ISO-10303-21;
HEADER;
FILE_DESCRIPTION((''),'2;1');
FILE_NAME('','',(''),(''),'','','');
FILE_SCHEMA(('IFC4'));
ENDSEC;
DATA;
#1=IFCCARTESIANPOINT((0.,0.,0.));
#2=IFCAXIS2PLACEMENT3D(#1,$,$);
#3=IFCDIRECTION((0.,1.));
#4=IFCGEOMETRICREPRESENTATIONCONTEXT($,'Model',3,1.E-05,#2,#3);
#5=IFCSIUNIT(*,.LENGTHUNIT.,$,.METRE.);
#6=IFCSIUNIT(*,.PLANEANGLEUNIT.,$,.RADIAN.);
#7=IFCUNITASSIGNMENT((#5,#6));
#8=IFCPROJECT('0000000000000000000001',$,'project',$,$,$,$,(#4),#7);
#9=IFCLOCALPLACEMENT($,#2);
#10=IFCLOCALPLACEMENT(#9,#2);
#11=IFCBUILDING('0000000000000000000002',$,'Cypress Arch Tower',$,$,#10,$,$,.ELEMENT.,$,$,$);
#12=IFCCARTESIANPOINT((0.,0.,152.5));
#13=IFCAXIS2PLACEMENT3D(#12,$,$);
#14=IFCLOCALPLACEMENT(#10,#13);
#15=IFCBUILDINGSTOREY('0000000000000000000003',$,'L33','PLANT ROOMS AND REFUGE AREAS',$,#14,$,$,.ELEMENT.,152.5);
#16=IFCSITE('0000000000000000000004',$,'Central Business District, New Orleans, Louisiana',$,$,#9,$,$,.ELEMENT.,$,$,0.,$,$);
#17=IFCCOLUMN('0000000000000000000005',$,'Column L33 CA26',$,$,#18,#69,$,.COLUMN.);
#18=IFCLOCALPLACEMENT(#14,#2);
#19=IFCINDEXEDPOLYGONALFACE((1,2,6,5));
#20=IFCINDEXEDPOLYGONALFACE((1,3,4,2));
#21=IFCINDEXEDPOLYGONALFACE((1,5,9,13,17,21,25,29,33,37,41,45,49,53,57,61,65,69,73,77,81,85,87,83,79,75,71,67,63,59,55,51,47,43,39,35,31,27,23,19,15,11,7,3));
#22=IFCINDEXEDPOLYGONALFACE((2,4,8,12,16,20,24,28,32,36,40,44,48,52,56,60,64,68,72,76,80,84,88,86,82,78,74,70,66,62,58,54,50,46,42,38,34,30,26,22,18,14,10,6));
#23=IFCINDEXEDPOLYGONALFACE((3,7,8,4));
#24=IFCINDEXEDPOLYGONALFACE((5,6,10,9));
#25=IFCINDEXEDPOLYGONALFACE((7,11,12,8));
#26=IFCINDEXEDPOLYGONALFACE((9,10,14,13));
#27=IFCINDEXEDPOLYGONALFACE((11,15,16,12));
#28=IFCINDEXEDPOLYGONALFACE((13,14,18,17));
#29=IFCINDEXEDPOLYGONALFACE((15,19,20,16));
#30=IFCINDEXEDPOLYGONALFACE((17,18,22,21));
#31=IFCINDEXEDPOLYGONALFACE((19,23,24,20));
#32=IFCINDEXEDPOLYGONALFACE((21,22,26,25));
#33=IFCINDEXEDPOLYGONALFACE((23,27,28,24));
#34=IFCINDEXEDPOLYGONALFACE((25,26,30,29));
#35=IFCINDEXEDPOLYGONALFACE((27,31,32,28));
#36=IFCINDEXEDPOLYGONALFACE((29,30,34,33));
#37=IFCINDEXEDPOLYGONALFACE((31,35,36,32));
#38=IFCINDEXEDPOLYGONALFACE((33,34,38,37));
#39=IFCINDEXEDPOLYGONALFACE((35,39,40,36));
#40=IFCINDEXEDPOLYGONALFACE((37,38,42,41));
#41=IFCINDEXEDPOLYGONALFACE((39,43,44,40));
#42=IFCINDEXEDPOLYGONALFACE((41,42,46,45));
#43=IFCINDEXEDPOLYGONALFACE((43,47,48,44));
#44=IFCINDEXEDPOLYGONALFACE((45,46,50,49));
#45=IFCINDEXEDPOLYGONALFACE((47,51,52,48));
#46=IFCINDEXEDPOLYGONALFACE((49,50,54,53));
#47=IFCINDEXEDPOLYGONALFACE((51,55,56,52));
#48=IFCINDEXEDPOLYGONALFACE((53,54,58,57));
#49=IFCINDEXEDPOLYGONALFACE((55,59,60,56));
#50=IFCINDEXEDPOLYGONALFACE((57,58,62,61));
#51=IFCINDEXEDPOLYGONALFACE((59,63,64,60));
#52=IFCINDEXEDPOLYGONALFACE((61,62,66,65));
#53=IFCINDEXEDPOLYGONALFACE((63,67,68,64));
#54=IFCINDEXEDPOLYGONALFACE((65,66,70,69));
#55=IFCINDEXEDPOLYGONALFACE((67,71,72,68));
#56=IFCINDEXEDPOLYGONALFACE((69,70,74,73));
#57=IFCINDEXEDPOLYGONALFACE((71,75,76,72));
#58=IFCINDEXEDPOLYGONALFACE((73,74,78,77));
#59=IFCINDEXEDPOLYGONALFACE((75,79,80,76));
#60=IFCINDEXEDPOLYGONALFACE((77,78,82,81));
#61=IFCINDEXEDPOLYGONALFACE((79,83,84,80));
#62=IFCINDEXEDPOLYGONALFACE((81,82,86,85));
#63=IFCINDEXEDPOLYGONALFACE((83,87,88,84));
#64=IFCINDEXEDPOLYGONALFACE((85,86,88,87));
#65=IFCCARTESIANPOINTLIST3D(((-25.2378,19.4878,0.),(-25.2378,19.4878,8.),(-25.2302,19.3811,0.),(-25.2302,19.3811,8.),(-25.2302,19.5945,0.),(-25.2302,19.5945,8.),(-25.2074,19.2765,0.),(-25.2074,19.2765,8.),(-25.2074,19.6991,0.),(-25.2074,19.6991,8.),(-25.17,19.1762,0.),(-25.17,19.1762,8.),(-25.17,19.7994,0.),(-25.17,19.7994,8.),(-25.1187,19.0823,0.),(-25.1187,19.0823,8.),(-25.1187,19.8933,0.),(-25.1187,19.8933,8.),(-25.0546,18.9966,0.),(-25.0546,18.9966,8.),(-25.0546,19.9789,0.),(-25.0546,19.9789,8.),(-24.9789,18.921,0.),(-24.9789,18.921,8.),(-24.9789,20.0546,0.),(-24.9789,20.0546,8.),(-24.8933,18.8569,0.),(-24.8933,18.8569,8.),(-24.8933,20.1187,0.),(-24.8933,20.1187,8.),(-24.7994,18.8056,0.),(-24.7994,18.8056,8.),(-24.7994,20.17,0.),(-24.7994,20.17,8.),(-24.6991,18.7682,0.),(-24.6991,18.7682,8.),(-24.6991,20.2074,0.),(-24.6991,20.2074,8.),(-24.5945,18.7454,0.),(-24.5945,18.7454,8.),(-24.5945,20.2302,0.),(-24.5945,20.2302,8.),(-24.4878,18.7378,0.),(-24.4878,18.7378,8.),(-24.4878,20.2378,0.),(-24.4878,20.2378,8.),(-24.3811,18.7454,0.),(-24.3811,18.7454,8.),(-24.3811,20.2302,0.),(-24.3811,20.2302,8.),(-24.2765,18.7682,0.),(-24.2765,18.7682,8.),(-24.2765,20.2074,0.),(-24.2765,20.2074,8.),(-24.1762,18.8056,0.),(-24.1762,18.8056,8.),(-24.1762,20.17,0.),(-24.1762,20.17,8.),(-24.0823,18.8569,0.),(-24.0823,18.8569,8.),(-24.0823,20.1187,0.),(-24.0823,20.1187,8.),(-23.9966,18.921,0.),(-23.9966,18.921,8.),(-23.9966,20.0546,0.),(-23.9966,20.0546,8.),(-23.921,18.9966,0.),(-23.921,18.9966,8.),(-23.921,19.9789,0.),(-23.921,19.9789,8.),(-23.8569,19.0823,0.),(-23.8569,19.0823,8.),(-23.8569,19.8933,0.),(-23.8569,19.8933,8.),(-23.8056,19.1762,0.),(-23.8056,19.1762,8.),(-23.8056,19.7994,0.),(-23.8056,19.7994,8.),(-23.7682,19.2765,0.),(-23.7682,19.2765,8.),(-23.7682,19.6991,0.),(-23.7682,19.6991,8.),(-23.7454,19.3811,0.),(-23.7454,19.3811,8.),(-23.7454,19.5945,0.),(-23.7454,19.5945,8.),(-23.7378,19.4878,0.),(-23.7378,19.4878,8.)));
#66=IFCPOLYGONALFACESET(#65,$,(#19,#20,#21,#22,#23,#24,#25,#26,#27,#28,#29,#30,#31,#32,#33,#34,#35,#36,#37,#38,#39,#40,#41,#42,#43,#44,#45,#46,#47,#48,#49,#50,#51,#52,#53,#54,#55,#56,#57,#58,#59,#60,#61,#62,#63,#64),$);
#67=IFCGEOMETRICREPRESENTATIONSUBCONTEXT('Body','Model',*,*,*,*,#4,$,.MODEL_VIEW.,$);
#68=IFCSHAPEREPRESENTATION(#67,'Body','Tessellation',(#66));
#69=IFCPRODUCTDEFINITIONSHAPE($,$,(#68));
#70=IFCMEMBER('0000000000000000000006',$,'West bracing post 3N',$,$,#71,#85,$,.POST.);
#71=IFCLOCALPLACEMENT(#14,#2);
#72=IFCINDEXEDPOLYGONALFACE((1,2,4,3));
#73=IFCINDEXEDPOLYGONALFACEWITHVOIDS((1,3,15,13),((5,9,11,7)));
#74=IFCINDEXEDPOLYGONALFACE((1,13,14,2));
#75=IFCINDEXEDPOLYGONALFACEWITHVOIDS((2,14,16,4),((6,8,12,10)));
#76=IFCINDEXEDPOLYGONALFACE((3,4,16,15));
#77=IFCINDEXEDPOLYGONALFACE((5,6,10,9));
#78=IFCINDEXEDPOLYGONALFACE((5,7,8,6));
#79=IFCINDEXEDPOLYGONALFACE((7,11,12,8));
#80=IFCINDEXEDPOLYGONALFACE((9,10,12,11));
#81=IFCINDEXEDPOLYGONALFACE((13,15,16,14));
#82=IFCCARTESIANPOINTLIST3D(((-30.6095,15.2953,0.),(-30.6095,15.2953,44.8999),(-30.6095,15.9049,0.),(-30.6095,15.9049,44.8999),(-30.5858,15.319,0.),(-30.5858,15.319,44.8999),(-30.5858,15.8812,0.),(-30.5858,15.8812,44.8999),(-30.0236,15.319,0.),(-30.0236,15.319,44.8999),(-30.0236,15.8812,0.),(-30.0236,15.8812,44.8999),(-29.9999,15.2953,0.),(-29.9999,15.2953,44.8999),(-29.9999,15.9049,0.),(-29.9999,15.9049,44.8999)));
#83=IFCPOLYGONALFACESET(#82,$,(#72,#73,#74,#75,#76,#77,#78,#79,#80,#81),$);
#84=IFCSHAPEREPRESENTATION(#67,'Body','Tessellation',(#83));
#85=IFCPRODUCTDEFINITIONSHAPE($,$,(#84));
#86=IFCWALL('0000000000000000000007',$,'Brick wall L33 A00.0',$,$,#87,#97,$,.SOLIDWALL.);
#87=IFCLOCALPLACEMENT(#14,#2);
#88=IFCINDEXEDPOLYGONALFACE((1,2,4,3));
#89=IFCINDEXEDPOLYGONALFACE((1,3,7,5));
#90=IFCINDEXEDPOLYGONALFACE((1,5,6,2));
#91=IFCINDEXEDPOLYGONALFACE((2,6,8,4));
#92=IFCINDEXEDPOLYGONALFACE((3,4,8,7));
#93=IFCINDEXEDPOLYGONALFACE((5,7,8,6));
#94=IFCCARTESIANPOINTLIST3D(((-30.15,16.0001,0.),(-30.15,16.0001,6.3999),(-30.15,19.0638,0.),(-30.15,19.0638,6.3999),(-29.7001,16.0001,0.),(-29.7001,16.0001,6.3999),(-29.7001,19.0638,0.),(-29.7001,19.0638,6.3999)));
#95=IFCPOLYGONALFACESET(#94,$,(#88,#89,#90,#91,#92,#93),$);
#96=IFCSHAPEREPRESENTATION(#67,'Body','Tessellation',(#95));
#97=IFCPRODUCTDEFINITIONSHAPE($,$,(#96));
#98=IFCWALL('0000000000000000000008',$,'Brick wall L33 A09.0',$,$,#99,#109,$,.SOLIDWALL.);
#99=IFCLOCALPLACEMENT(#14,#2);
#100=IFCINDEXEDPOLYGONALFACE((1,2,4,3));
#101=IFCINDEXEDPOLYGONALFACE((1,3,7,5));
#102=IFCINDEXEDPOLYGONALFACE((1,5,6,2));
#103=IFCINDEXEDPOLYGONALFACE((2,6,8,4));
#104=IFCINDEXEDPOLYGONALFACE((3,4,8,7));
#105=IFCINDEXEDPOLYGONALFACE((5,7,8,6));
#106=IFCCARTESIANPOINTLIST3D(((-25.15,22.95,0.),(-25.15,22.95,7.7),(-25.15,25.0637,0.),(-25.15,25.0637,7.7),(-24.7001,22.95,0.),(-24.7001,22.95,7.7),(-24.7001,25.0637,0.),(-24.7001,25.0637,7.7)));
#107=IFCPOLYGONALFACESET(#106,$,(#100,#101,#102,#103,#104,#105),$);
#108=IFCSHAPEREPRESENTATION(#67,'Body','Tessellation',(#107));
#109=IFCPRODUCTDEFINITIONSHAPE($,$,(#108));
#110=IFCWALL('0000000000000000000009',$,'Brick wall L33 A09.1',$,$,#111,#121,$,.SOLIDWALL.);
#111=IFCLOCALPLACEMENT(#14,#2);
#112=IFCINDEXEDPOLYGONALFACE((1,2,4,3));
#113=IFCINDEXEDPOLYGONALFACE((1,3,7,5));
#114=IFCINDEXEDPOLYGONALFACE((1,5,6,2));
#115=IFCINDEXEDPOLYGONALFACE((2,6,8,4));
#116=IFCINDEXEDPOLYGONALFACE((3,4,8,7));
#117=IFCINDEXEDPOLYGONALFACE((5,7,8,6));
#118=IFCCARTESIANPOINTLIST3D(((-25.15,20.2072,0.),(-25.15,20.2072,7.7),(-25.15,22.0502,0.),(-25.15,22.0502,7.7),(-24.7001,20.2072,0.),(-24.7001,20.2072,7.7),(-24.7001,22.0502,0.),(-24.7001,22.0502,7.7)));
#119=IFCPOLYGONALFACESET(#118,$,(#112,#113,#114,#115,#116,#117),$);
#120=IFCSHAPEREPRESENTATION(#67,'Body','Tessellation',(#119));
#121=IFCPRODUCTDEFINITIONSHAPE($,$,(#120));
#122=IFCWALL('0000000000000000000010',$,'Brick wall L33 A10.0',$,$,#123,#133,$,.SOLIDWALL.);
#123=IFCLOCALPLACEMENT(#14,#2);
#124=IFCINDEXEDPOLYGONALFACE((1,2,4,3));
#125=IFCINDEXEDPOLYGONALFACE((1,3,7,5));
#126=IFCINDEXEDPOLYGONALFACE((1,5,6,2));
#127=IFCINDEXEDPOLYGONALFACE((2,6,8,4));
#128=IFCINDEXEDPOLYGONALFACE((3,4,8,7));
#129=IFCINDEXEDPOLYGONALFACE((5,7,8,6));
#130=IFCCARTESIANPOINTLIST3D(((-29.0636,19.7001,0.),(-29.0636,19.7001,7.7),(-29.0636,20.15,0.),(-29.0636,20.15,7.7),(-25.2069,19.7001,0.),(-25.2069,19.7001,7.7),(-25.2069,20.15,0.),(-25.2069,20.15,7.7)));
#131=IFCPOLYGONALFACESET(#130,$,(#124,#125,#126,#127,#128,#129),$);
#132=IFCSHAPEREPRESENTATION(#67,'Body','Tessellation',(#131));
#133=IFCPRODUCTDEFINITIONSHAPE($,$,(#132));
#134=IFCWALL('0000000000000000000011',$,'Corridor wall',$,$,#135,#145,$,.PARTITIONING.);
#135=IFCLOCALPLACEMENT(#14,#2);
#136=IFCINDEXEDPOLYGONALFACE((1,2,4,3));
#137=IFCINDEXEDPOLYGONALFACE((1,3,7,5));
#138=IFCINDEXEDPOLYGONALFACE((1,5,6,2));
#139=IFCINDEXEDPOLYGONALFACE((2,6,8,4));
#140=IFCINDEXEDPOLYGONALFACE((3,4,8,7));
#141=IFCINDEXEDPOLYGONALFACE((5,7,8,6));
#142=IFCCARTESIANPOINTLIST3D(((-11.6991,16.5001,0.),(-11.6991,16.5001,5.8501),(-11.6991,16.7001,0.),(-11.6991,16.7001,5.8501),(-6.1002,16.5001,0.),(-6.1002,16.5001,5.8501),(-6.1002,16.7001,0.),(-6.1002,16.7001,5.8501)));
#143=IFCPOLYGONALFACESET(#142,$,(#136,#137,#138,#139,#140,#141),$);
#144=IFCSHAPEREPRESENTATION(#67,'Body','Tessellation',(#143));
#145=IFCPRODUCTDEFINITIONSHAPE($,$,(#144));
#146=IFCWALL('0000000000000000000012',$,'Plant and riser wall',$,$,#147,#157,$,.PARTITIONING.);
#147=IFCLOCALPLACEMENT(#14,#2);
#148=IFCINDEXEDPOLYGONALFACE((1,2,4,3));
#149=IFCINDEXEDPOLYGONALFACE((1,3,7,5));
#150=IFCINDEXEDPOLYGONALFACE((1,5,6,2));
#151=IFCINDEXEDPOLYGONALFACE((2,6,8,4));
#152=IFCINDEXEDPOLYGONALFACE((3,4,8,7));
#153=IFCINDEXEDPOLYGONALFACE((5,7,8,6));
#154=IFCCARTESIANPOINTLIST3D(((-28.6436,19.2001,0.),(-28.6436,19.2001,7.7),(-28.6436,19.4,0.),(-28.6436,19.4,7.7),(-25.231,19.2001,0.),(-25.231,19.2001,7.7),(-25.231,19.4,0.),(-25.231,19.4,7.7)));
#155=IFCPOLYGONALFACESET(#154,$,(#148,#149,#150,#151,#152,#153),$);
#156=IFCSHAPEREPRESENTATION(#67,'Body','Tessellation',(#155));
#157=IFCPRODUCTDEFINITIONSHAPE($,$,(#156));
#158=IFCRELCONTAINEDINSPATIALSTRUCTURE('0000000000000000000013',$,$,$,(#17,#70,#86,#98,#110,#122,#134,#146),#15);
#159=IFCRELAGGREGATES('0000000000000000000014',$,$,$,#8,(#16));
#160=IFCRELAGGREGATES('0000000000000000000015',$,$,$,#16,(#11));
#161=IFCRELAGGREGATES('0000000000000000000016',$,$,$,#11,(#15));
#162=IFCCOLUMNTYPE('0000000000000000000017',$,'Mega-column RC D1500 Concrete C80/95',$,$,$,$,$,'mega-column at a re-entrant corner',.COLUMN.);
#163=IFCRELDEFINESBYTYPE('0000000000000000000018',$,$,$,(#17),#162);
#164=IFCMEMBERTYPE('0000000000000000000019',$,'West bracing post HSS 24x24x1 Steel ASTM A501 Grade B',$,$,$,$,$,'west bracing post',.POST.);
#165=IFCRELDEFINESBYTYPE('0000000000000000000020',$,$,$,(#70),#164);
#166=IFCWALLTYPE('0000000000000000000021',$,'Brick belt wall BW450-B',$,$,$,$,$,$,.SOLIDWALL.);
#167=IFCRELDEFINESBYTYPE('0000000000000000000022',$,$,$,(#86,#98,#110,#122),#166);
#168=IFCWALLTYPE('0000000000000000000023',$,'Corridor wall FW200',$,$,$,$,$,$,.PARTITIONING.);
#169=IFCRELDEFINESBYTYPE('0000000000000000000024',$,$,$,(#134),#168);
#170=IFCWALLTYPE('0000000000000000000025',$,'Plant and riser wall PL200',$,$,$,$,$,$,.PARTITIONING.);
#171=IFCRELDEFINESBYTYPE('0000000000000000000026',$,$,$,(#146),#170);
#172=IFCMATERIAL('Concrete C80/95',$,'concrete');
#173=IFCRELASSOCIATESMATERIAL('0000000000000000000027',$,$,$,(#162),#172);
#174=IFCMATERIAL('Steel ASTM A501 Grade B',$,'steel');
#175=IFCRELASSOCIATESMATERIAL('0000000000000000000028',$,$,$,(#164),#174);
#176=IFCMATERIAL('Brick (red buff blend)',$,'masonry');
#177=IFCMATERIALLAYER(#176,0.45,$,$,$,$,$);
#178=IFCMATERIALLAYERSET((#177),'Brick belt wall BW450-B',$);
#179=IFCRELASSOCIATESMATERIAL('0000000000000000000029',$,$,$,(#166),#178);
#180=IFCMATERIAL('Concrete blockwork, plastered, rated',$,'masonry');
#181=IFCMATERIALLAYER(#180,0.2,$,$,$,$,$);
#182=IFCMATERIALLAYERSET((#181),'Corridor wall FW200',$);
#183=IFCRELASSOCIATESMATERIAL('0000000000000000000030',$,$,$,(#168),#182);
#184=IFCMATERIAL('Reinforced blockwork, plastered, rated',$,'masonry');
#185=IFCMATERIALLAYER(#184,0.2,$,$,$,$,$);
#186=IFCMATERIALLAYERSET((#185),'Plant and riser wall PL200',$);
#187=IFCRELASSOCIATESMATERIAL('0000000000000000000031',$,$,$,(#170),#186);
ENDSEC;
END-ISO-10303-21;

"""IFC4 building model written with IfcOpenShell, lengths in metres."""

from ifc_helpers import new_model, si_unit, direction, frame, frame_2d, origin, origin_2d, place, context, subcontext, project, spatial, rectangle, hollow_rectangle, circle, extrude, material, layer, layer_set, material_profile, profile_set, type_object, element, save


model = new_model("IFC4")

# Units and contexts
model_context = context("Model", 3, precision=1e-05, world=origin(), true_north=direction((0.0, 1.0)))
body_context = subcontext(model_context, "Body", "Model", "MODEL_VIEW")
ifc_project = project(units=[si_unit("LENGTHUNIT", "METRE"), si_unit("PLANEANGLEUNIT", "RADIAN")], contexts=[model_context])

# Site, building, storey
site_placement = place(None, origin())
site = spatial("IfcSite", under=ifc_project, at=site_placement, Name="Central Business District, New Orleans, Louisiana", CompositionType="ELEMENT", RefElevation=0.0)
building_placement = place(site_placement, origin())
building = spatial("IfcBuilding", under=site, at=building_placement, Name="Cypress Arch Tower", CompositionType="ELEMENT")
storey_placement = place(building_placement, frame((0.0, 0.0, 152.5)))
storey = spatial("IfcBuildingStorey", under=building, at=storey_placement, Name="L33", Description="PLANT ROOMS AND REFUGE AREAS", CompositionType="ELEMENT", Elevation=152.5)

# Column
ifc_material_1 = material(Name="Concrete C80/95", Category="concrete")
ifc_material_profile_1 = material_profile(ifc_material_1, circle(Radius=0.75, at=origin_2d()), Name="RC D1500")
ifc_profile_set_1 = profile_set([ifc_material_profile_1], Name="Concrete C80/95")
column_type_1 = type_object("IfcColumnType", Name="Mega-column RC D1500 Concrete C80/95", ElementType="mega-column at a re-entrant corner", PredefinedType="COLUMN", material=ifc_profile_set_1)
column_placement = place(storey_placement, frame((-24.4878, 19.4878, 0.0), z_axis=(0.0, 0.0, 1.0), x_axis=(1.0, 0.0, 0.0)))
element("IfcColumn", 1, at=column_placement, inside=storey, type_object=column_type_1, Name="Column L33 CA26", PredefinedType="COLUMN", context=body_context, shape_type="SweptSolid", body=[
    extrude(circle(Radius=0.75, at=origin_2d()), origin(), (0.0, 0.0, 1.0), 8.0),
])

# Member
ifc_material_2 = material(Name="Steel ASTM A501 Grade B", Category="steel")
ifc_material_profile_2 = material_profile(ifc_material_2, hollow_rectangle(XDim=0.6096, YDim=0.6096, WallThickness=0.0237, at=origin_2d()), Name="HSS 24x24x1")
ifc_profile_set_2 = profile_set([ifc_material_profile_2], Name="Steel ASTM A501 Grade B")
member_type = type_object("IfcMemberType", Name="West bracing post HSS 24x24x1 Steel ASTM A501 Grade B", ElementType="west bracing post", PredefinedType="POST", material=ifc_profile_set_2)
member_placement = place(storey_placement, frame((-30.3047, 15.6001, 0.0), z_axis=(0.0, 0.0, 1.0), x_axis=(1.0, 0.0, 0.0)))
element("IfcMember", 2, at=member_placement, inside=storey, type_object=member_type, Name="West bracing post 3N", PredefinedType="POST", context=body_context, shape_type="SweptSolid", body=[
    extrude(hollow_rectangle(XDim=0.6096, YDim=0.6096, WallThickness=0.0237, at=origin_2d()), origin(), (0.0, 0.0, 1.0), 44.8999),
])

# Walls
ifc_material_3 = material(Name="Brick (red buff blend)", Category="masonry")
ifc_layer_1 = layer(ifc_material_3, 0.45)
ifc_layer_set_1 = layer_set([ifc_layer_1], Name="Brick belt wall BW450-B")
wall_type_1 = type_object("IfcWallType", Name="Brick belt wall BW450-B", PredefinedType="SOLIDWALL", material=ifc_layer_set_1)
wall_1_placement = place(storey_placement, frame((-29.925, 19.0637, 0.0), z_axis=(0.0, 0.0, 1.0), x_axis=(0.0, -1.0, 0.0)))
element("IfcWall", 3, at=wall_1_placement, inside=storey, type_object=wall_type_1, Name="Brick wall L33 A00.0", PredefinedType="SOLIDWALL", context=body_context, shape_type="SweptSolid", body=[
    extrude(rectangle(XDim=3.0637, YDim=0.45, at=frame_2d((1.5317, 0.0))), origin(), (0.0, 0.0, 1.0), 6.3999),
])
wall_2_placement = place(storey_placement, frame((-24.925, 25.0637, 0.0), z_axis=(0.0, 0.0, 1.0), x_axis=(0.0, -1.0, 0.0)))
element("IfcWall", 4, at=wall_2_placement, inside=storey, type_object=wall_type_1, Name="Brick wall L33 A09.0", PredefinedType="SOLIDWALL", context=body_context, shape_type="SweptSolid", body=[
    extrude(rectangle(XDim=2.1138, YDim=0.45, at=frame_2d((1.0569, 0.0))), origin(), (0.0, 0.0, 1.0), 7.7),
])
wall_3_placement = place(storey_placement, frame((-24.925, 22.05, 0.0), z_axis=(0.0, 0.0, 1.0), x_axis=(0.0, -1.0, 0.0)))
element("IfcWall", 5, at=wall_3_placement, inside=storey, type_object=wall_type_1, Name="Brick wall L33 A09.1", PredefinedType="SOLIDWALL", context=body_context, shape_type="SweptSolid", body=[
    extrude(rectangle(XDim=1.843, YDim=0.45, at=frame_2d((0.9214, 0.0))), origin(), (0.0, 0.0, 1.0), 7.7),
])
wall_4_placement = place(storey_placement, frame((-25.207, 19.925, 0.0), z_axis=(0.0, 0.0, 1.0), x_axis=(-1.0, 0.0, 0.0)))
element("IfcWall", 6, at=wall_4_placement, inside=storey, type_object=wall_type_1, Name="Brick wall L33 A10.0", PredefinedType="SOLIDWALL", context=body_context, shape_type="SweptSolid", body=[
    extrude(rectangle(XDim=3.8567, YDim=0.45, at=frame_2d((1.9282, 0.0))), origin(), (0.0, 0.0, 1.0), 7.7),
])

# Walls
ifc_material_4 = material(Name="Concrete blockwork, plastered, rated", Category="masonry")
ifc_layer_2 = layer(ifc_material_4, 0.2)
ifc_layer_set_2 = layer_set([ifc_layer_2], Name="Corridor wall FW200")
wall_type_2 = type_object("IfcWallType", Name="Corridor wall FW200", PredefinedType="PARTITIONING", material=ifc_layer_set_2)
wall_5_placement = place(storey_placement, frame((-11.699, 16.6001, 0.0), z_axis=(0.0, 0.0, 1.0), x_axis=(1.0, 0.0, 0.0)))
element("IfcWall", 7, at=wall_5_placement, inside=storey, type_object=wall_type_2, Name="Corridor wall", PredefinedType="PARTITIONING", context=body_context, shape_type="SweptSolid", body=[
    extrude(rectangle(XDim=5.5989, YDim=0.2, at=frame_2d((2.7993, 0.0))), origin(), (0.0, 0.0, 1.0), 5.8501),
])
ifc_material_5 = material(Name="Reinforced blockwork, plastered, rated", Category="masonry")
ifc_layer_3 = layer(ifc_material_5, 0.2)
ifc_layer_set_3 = layer_set([ifc_layer_3], Name="Plant and riser wall PL200")
wall_type_3 = type_object("IfcWallType", Name="Plant and riser wall PL200", PredefinedType="PARTITIONING", material=ifc_layer_set_3)
wall_6_placement = place(storey_placement, frame((-28.6436, 19.3, 0.0), z_axis=(0.0, 0.0, 1.0), x_axis=(1.0, 0.0, 0.0)))
element("IfcWall", 8, at=wall_6_placement, inside=storey, type_object=wall_type_3, Name="Plant and riser wall", PredefinedType="PARTITIONING", context=body_context, shape_type="SweptSolid", body=[
    extrude(rectangle(XDim=3.4126, YDim=0.2, at=frame_2d((1.7063, 0.0))), origin(), (0.0, 0.0, 1.0), 7.7),
])

save(model, "model.ifc")
